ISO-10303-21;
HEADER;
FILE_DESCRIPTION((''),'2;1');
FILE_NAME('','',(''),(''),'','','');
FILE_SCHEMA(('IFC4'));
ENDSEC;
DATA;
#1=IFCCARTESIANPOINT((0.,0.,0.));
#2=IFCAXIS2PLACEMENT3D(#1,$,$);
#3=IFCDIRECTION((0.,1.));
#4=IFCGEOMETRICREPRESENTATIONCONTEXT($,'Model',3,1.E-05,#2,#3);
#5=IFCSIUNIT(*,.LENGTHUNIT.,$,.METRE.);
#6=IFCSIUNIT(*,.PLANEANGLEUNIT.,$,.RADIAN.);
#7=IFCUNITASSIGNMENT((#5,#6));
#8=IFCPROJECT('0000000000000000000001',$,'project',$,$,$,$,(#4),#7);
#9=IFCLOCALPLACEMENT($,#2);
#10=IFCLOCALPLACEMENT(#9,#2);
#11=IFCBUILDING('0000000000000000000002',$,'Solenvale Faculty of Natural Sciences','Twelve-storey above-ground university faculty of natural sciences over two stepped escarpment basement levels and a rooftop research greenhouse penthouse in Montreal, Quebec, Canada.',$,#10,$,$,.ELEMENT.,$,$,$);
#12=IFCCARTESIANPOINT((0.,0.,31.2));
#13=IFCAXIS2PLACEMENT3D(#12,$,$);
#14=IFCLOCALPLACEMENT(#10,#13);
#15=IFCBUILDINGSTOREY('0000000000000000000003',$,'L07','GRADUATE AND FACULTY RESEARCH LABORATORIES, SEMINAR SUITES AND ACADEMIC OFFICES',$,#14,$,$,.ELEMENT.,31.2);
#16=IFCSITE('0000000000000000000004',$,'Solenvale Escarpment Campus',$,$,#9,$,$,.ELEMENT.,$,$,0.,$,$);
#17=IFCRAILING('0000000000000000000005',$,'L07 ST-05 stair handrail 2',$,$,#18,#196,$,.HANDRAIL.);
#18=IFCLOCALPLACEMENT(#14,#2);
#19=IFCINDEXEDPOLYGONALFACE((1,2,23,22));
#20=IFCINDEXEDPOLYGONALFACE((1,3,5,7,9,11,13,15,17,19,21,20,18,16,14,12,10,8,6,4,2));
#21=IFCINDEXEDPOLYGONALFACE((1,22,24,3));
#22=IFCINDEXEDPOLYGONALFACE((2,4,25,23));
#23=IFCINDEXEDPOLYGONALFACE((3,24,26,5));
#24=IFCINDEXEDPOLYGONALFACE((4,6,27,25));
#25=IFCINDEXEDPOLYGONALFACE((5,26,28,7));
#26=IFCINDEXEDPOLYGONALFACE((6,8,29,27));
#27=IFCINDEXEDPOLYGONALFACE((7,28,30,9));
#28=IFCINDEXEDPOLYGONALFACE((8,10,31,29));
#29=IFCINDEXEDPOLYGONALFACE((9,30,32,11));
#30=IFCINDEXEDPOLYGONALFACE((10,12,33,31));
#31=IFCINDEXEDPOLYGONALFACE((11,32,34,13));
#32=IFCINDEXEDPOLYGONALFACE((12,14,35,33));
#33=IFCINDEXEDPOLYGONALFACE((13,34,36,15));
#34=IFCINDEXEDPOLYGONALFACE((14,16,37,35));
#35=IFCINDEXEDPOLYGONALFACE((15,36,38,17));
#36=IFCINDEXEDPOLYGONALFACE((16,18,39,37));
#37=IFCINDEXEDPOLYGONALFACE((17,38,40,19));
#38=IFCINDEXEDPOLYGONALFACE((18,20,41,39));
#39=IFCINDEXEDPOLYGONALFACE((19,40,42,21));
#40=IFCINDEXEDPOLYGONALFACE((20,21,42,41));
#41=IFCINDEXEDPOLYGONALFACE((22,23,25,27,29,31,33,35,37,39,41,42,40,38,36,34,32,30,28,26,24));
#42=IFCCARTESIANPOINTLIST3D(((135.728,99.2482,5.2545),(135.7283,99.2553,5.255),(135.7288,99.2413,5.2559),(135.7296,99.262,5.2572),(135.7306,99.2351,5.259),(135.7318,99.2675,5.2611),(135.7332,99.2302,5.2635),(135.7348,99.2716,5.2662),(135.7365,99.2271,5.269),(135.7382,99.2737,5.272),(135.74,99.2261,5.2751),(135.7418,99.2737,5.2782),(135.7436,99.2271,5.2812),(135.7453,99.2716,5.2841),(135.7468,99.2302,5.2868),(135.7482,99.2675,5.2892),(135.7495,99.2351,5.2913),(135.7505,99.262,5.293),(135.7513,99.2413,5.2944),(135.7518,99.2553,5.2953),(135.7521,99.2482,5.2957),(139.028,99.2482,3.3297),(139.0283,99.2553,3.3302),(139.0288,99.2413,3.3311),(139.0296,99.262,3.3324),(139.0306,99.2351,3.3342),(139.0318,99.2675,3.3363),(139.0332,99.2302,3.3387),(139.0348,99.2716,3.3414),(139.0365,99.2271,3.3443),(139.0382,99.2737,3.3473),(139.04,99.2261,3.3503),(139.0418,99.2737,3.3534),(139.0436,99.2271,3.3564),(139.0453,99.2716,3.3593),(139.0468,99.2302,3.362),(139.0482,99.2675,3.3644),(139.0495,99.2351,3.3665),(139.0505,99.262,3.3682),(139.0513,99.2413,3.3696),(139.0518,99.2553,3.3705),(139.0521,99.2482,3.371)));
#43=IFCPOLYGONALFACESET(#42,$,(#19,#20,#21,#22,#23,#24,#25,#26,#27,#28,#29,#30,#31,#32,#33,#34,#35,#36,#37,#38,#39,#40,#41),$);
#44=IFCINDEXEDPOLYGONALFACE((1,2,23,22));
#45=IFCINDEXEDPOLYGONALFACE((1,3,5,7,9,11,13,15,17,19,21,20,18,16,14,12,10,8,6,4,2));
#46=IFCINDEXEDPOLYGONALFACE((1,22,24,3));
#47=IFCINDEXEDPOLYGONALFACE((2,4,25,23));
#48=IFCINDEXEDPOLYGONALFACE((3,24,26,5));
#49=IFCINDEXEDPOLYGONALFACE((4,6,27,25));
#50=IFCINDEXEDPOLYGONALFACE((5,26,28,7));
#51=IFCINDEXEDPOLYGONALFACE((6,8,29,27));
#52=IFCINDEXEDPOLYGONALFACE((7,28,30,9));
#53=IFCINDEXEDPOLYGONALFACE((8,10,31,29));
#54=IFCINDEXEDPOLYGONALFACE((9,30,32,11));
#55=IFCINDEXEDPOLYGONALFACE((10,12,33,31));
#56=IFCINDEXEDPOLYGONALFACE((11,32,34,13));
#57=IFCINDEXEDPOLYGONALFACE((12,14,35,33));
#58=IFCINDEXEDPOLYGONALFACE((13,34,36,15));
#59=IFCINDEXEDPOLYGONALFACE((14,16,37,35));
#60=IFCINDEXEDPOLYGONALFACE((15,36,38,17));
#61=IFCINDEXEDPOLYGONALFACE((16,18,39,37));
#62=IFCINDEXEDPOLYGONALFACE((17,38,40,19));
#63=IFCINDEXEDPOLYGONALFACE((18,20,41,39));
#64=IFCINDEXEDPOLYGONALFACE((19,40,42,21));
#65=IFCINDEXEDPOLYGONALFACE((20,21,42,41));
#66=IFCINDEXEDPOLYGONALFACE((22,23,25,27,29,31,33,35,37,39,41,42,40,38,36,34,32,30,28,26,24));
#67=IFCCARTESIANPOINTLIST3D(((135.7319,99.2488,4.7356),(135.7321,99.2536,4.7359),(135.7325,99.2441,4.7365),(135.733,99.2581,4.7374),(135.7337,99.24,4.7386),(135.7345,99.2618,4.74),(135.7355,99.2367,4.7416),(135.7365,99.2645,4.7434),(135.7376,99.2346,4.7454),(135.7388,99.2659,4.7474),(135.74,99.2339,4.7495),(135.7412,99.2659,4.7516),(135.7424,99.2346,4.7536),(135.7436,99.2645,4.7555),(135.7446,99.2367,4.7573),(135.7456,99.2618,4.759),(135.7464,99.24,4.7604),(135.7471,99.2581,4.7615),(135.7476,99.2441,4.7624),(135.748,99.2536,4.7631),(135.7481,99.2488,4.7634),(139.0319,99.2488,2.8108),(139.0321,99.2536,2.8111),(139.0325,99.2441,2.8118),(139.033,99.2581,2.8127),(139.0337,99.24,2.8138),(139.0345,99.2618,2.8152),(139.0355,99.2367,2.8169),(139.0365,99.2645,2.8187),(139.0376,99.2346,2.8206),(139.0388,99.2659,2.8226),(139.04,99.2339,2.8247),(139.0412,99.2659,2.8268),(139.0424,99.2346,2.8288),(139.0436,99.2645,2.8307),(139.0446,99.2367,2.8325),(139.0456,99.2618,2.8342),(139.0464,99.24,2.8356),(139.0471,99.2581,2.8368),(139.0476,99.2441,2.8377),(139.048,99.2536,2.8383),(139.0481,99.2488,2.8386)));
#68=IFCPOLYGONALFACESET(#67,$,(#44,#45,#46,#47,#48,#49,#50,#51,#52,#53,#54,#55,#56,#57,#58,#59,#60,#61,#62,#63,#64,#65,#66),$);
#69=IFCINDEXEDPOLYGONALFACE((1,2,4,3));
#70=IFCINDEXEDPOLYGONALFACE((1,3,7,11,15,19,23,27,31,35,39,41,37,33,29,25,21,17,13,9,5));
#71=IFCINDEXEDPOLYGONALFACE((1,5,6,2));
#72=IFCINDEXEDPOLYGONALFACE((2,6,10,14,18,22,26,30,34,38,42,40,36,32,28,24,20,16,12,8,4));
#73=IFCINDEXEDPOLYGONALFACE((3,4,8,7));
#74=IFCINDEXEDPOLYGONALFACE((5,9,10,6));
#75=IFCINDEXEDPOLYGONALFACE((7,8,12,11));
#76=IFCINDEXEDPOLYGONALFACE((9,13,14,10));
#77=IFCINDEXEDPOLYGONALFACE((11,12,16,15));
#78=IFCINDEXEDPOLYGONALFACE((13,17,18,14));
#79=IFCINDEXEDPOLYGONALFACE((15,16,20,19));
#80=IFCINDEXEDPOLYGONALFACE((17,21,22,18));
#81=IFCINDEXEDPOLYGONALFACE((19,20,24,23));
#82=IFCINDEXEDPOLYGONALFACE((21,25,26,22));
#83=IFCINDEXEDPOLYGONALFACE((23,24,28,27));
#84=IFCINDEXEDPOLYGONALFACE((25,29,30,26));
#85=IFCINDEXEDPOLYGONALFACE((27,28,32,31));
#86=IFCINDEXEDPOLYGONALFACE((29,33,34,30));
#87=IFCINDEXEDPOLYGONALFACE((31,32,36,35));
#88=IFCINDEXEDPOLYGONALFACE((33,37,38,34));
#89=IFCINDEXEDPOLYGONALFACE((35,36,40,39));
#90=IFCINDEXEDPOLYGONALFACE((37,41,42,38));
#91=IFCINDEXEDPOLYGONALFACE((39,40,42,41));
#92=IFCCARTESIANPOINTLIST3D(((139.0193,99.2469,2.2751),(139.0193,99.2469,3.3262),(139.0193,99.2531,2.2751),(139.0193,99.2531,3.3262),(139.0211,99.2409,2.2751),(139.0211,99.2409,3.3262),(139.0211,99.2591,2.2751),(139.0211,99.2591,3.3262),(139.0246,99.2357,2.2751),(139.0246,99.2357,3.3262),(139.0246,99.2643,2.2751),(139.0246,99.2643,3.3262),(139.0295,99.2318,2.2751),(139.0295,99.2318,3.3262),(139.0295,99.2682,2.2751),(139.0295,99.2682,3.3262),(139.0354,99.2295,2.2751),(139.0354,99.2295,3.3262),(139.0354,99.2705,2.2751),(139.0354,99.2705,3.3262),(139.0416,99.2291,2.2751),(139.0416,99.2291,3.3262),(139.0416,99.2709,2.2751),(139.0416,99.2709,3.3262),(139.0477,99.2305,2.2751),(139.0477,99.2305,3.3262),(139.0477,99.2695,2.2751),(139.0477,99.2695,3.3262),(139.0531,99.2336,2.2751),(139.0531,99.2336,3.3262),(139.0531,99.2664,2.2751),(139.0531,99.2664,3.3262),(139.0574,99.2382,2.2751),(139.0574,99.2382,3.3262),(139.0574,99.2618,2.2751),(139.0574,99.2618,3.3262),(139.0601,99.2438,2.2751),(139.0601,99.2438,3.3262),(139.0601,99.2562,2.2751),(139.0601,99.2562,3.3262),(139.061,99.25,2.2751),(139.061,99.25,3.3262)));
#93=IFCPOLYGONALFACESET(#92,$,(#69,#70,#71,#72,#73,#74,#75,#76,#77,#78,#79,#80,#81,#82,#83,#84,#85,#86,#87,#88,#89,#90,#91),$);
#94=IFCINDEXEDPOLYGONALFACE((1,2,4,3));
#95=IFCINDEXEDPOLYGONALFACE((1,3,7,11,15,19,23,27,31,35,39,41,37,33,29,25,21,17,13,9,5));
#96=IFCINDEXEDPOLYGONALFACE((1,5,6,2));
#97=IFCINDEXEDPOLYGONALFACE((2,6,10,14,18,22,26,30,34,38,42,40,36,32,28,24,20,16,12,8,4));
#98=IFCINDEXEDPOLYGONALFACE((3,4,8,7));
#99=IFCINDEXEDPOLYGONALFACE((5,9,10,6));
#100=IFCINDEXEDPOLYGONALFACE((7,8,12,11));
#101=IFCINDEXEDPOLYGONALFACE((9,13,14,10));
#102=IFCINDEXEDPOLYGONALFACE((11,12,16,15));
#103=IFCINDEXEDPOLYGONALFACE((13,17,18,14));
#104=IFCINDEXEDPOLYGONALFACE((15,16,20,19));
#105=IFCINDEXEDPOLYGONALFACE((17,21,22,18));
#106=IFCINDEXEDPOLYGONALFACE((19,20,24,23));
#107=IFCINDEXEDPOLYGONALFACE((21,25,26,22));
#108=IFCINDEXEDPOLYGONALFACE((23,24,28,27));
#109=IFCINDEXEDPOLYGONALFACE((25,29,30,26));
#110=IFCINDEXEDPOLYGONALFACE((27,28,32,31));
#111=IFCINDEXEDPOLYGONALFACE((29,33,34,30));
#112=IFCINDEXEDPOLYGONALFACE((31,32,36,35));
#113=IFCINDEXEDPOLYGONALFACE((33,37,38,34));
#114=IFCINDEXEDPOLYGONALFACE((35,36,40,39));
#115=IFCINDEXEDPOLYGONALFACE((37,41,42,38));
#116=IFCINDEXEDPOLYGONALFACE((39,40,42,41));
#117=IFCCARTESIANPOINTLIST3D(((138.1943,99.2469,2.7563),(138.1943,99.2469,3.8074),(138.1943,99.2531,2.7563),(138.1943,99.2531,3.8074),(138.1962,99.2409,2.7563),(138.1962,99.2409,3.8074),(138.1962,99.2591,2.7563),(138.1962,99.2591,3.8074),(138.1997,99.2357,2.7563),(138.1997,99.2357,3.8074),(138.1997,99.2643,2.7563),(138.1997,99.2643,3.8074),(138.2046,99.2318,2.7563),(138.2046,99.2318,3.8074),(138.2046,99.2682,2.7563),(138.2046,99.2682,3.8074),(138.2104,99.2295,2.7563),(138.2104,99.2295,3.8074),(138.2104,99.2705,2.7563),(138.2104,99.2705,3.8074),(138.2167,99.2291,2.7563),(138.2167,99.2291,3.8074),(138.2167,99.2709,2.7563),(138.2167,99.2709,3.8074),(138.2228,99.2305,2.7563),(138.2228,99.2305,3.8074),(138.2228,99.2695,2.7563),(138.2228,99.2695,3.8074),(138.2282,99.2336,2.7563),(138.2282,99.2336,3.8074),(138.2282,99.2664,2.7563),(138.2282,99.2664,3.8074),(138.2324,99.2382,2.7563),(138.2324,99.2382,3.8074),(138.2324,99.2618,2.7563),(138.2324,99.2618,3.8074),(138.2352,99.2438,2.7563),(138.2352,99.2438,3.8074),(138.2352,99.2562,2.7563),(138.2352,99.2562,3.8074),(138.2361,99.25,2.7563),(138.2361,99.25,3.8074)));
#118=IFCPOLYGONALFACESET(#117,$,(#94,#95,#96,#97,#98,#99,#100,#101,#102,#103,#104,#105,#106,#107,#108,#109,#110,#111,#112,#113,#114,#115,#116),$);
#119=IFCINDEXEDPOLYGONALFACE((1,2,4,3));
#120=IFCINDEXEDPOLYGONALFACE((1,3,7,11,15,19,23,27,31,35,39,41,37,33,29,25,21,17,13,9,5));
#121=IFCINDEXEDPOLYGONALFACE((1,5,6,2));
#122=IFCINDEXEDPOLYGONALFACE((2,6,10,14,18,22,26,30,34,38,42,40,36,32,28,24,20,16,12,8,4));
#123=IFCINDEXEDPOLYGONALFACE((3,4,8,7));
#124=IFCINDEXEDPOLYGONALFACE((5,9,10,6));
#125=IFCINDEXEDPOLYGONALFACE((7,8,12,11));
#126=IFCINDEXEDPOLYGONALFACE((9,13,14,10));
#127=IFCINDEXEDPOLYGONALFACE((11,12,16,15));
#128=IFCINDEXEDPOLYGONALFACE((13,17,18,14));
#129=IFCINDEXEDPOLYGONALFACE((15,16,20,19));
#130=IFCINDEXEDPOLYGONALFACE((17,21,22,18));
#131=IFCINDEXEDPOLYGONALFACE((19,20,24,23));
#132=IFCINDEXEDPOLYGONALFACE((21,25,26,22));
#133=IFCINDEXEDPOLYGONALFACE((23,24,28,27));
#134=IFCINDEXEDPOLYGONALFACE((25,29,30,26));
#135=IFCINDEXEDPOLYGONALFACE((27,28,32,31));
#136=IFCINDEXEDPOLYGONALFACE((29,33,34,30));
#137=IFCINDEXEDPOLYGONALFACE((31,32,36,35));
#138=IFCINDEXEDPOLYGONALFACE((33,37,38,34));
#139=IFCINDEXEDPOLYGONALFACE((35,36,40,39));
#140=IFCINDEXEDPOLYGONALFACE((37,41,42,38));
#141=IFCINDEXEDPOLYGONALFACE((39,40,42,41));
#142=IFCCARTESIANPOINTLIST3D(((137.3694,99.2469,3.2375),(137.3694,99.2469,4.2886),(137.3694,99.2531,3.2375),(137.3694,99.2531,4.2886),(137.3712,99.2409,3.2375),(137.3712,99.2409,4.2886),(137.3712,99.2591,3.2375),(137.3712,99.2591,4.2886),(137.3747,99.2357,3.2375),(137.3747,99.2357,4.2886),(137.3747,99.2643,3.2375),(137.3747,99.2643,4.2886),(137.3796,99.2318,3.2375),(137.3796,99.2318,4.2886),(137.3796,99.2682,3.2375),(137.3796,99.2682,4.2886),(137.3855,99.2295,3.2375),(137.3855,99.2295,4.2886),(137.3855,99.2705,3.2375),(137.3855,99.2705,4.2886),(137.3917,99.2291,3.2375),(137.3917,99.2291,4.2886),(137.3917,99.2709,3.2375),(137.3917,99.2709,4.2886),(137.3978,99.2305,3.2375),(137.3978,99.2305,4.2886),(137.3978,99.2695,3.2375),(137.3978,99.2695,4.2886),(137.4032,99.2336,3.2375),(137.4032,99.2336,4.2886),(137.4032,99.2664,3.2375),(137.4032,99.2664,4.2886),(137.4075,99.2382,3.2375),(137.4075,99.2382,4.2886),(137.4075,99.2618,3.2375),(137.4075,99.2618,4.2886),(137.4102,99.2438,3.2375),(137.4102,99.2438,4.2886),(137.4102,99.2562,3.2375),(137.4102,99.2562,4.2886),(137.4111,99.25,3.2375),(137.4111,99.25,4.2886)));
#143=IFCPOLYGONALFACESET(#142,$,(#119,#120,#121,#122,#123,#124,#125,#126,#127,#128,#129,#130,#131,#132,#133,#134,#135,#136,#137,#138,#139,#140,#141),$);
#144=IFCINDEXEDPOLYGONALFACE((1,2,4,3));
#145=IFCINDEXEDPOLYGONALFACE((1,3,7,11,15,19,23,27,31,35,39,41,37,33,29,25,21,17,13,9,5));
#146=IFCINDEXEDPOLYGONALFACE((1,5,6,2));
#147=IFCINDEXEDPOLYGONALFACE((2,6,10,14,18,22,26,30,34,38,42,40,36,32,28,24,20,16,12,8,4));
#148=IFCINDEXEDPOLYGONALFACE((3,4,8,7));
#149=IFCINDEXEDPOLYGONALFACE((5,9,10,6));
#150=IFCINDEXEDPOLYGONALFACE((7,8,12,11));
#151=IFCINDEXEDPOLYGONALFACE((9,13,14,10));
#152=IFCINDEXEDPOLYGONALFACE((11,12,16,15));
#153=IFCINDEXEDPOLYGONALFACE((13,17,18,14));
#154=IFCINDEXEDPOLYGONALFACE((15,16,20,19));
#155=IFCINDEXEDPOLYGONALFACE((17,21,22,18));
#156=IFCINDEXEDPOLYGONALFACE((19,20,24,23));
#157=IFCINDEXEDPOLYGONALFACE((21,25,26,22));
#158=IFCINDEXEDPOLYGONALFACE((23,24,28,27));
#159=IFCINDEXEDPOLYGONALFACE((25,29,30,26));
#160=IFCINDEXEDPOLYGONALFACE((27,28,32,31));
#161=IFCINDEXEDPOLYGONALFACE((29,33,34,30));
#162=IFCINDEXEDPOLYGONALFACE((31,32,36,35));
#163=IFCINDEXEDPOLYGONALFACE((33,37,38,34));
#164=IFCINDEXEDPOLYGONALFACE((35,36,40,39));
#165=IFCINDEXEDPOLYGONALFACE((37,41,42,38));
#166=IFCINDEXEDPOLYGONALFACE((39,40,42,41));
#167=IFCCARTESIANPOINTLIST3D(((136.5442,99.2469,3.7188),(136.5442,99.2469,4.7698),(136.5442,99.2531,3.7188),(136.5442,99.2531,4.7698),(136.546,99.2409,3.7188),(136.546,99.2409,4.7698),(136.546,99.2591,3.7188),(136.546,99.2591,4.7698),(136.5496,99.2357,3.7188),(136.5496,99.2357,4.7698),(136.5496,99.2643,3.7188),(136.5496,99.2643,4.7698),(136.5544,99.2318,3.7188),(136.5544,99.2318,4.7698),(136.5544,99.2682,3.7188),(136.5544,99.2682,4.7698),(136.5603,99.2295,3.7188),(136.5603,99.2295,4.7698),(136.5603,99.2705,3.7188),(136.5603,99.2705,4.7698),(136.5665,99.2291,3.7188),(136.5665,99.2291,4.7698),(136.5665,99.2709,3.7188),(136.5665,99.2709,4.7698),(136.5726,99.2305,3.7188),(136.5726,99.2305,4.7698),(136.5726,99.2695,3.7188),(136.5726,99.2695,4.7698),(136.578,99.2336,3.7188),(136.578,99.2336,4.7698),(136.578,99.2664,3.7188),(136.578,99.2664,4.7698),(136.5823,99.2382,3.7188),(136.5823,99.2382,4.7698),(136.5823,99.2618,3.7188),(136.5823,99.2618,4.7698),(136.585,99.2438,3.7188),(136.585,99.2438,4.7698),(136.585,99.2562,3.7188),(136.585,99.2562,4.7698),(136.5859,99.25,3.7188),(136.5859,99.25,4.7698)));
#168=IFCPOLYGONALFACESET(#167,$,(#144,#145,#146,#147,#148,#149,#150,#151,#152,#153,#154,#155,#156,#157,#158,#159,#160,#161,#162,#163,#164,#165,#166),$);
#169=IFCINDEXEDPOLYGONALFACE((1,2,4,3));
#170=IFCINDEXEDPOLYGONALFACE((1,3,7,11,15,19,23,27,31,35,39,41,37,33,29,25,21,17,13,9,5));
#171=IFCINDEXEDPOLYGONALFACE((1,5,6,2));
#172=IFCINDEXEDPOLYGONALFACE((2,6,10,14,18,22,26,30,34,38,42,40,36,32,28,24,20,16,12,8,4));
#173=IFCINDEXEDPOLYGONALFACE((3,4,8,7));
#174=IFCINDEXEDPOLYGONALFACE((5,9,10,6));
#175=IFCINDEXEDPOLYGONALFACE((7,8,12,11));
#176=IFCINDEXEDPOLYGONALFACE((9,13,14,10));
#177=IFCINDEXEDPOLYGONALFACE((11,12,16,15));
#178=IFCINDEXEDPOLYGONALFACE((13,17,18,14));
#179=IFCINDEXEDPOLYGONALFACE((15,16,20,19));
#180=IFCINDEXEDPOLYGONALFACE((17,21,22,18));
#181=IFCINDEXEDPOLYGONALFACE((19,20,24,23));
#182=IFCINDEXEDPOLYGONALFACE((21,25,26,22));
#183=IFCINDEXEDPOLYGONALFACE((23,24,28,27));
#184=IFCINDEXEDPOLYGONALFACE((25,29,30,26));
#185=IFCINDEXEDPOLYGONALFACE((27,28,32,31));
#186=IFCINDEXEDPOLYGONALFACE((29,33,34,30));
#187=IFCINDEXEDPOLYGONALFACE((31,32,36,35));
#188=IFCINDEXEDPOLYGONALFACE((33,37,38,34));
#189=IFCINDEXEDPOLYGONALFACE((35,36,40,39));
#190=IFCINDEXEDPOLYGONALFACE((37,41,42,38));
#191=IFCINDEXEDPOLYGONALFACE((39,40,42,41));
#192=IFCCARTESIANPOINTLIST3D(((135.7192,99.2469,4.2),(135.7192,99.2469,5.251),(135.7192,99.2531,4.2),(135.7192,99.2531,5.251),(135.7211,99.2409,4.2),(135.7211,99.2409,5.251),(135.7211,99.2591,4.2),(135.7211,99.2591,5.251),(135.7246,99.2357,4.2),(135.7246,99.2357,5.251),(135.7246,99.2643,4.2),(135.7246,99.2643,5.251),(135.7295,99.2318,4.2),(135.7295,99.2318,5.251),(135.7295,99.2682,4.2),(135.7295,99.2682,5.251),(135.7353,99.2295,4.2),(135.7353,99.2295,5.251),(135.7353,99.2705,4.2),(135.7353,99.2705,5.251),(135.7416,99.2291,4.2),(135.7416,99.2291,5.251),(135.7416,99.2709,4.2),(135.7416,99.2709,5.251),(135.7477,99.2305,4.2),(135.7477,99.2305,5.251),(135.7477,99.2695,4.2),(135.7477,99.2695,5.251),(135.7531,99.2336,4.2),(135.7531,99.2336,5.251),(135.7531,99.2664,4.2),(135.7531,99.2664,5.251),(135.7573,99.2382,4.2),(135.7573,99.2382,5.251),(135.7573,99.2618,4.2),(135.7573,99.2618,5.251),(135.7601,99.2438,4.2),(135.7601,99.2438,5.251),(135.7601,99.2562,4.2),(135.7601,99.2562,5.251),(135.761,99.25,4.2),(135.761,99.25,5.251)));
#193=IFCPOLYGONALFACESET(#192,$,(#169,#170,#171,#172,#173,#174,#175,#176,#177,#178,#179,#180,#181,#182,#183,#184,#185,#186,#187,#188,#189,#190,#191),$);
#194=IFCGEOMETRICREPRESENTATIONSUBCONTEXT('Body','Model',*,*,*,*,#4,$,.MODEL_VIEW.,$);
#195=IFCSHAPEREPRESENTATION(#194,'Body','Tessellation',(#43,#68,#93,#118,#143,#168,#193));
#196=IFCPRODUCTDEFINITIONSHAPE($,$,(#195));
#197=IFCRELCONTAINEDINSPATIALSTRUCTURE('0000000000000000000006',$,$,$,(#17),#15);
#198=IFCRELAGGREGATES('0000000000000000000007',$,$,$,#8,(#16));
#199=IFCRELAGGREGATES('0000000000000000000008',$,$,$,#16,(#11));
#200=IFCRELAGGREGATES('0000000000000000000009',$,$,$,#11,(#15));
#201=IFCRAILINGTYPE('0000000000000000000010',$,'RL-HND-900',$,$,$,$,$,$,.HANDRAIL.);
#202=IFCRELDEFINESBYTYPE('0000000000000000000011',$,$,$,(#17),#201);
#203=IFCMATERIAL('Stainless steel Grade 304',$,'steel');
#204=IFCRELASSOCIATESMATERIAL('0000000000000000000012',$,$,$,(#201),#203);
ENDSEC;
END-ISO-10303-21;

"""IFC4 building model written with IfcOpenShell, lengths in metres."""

from ifc_helpers import new_model, si_unit, direction, frame, origin, origin_2d, place, context, subcontext, project, spatial, circle, extrude, material, type_object, element, save


model = new_model("IFC4")

# Units and contexts
model_context = context("Model", 3, precision=1e-05, world=origin(), true_north=direction((0.0, 1.0)))
body_context = subcontext(model_context, "Body", "Model", "MODEL_VIEW")
ifc_project = project(units=[si_unit("LENGTHUNIT", "METRE"), si_unit("PLANEANGLEUNIT", "RADIAN")], contexts=[model_context])

# Site, building, storey
site_placement = place(None, origin())
site = spatial("IfcSite", under=ifc_project, at=site_placement, Name="Solenvale Escarpment Campus", CompositionType="ELEMENT", RefElevation=0.0)
building_placement = place(site_placement, origin())
building = spatial("IfcBuilding", under=site, at=building_placement, Name="Solenvale Faculty of Natural Sciences", Description="Twelve-storey above-ground university faculty of natural sciences over two stepped escarpment basement levels and a rooftop research greenhouse penthouse in Montreal, Quebec, Canada.", CompositionType="ELEMENT")
storey_placement = place(building_placement, frame((0.0, 0.0, 31.2)))
storey = spatial("IfcBuildingStorey", under=building, at=storey_placement, Name="L07", Description="GRADUATE AND FACULTY RESEARCH LABORATORIES, SEMINAR SUITES AND ACADEMIC OFFICES", CompositionType="ELEMENT", Elevation=31.2)

# Railing
ifc_material_1 = material(Name="Stainless steel Grade 304", Category="steel")
railing_type = type_object("IfcRailingType", Name="RL-HND-900", PredefinedType="HANDRAIL", material=ifc_material_1)
railing_placement = place(storey_placement, frame((139.04, 99.25, 2.2751)))
element("IfcRailing", 1, at=railing_placement, inside=storey, type_object=railing_type, Name="L07 ST-05 stair handrail 2", PredefinedType="HANDRAIL", context=body_context, shape_type="SweptSolid", body=[
    extrude(circle(Radius=0.0239, at=origin_2d()), frame((0.0, 0.0, 1.0752), z_axis=(-0.863804, 0.0, 0.503827), x_axis=(0.0, -1.0, 0.0)), (0.0, 0.0, 1.0), 3.8203),
    extrude(circle(Radius=0.0161, at=origin_2d()), frame((0.0, 0.0, 0.5496), z_axis=(-0.863804, 0.0, 0.503827), x_axis=(0.0, -1.0, 0.0)), (0.0, 0.0, 1.0), 3.8203),
    extrude(circle(Radius=0.021, at=origin_2d()), origin(), (0.0, 0.0, 1.0), 1.051),
    extrude(circle(Radius=0.021, at=origin_2d()), frame((-0.825, 0.0, 0.4812)), (0.0, 0.0, 1.0), 1.051),
    extrude(circle(Radius=0.021, at=origin_2d()), frame((-1.6499, 0.0, 0.9624)), (0.0, 0.0, 1.0), 1.051),
    extrude(circle(Radius=0.021, at=origin_2d()), frame((-2.4751, 0.0, 1.4436)), (0.0, 0.0, 1.0), 1.051),
    extrude(circle(Radius=0.021, at=origin_2d()), frame((-3.3, 0.0, 1.9248)), (0.0, 0.0, 1.0), 1.051),
])

save(model, "model.ifc")
